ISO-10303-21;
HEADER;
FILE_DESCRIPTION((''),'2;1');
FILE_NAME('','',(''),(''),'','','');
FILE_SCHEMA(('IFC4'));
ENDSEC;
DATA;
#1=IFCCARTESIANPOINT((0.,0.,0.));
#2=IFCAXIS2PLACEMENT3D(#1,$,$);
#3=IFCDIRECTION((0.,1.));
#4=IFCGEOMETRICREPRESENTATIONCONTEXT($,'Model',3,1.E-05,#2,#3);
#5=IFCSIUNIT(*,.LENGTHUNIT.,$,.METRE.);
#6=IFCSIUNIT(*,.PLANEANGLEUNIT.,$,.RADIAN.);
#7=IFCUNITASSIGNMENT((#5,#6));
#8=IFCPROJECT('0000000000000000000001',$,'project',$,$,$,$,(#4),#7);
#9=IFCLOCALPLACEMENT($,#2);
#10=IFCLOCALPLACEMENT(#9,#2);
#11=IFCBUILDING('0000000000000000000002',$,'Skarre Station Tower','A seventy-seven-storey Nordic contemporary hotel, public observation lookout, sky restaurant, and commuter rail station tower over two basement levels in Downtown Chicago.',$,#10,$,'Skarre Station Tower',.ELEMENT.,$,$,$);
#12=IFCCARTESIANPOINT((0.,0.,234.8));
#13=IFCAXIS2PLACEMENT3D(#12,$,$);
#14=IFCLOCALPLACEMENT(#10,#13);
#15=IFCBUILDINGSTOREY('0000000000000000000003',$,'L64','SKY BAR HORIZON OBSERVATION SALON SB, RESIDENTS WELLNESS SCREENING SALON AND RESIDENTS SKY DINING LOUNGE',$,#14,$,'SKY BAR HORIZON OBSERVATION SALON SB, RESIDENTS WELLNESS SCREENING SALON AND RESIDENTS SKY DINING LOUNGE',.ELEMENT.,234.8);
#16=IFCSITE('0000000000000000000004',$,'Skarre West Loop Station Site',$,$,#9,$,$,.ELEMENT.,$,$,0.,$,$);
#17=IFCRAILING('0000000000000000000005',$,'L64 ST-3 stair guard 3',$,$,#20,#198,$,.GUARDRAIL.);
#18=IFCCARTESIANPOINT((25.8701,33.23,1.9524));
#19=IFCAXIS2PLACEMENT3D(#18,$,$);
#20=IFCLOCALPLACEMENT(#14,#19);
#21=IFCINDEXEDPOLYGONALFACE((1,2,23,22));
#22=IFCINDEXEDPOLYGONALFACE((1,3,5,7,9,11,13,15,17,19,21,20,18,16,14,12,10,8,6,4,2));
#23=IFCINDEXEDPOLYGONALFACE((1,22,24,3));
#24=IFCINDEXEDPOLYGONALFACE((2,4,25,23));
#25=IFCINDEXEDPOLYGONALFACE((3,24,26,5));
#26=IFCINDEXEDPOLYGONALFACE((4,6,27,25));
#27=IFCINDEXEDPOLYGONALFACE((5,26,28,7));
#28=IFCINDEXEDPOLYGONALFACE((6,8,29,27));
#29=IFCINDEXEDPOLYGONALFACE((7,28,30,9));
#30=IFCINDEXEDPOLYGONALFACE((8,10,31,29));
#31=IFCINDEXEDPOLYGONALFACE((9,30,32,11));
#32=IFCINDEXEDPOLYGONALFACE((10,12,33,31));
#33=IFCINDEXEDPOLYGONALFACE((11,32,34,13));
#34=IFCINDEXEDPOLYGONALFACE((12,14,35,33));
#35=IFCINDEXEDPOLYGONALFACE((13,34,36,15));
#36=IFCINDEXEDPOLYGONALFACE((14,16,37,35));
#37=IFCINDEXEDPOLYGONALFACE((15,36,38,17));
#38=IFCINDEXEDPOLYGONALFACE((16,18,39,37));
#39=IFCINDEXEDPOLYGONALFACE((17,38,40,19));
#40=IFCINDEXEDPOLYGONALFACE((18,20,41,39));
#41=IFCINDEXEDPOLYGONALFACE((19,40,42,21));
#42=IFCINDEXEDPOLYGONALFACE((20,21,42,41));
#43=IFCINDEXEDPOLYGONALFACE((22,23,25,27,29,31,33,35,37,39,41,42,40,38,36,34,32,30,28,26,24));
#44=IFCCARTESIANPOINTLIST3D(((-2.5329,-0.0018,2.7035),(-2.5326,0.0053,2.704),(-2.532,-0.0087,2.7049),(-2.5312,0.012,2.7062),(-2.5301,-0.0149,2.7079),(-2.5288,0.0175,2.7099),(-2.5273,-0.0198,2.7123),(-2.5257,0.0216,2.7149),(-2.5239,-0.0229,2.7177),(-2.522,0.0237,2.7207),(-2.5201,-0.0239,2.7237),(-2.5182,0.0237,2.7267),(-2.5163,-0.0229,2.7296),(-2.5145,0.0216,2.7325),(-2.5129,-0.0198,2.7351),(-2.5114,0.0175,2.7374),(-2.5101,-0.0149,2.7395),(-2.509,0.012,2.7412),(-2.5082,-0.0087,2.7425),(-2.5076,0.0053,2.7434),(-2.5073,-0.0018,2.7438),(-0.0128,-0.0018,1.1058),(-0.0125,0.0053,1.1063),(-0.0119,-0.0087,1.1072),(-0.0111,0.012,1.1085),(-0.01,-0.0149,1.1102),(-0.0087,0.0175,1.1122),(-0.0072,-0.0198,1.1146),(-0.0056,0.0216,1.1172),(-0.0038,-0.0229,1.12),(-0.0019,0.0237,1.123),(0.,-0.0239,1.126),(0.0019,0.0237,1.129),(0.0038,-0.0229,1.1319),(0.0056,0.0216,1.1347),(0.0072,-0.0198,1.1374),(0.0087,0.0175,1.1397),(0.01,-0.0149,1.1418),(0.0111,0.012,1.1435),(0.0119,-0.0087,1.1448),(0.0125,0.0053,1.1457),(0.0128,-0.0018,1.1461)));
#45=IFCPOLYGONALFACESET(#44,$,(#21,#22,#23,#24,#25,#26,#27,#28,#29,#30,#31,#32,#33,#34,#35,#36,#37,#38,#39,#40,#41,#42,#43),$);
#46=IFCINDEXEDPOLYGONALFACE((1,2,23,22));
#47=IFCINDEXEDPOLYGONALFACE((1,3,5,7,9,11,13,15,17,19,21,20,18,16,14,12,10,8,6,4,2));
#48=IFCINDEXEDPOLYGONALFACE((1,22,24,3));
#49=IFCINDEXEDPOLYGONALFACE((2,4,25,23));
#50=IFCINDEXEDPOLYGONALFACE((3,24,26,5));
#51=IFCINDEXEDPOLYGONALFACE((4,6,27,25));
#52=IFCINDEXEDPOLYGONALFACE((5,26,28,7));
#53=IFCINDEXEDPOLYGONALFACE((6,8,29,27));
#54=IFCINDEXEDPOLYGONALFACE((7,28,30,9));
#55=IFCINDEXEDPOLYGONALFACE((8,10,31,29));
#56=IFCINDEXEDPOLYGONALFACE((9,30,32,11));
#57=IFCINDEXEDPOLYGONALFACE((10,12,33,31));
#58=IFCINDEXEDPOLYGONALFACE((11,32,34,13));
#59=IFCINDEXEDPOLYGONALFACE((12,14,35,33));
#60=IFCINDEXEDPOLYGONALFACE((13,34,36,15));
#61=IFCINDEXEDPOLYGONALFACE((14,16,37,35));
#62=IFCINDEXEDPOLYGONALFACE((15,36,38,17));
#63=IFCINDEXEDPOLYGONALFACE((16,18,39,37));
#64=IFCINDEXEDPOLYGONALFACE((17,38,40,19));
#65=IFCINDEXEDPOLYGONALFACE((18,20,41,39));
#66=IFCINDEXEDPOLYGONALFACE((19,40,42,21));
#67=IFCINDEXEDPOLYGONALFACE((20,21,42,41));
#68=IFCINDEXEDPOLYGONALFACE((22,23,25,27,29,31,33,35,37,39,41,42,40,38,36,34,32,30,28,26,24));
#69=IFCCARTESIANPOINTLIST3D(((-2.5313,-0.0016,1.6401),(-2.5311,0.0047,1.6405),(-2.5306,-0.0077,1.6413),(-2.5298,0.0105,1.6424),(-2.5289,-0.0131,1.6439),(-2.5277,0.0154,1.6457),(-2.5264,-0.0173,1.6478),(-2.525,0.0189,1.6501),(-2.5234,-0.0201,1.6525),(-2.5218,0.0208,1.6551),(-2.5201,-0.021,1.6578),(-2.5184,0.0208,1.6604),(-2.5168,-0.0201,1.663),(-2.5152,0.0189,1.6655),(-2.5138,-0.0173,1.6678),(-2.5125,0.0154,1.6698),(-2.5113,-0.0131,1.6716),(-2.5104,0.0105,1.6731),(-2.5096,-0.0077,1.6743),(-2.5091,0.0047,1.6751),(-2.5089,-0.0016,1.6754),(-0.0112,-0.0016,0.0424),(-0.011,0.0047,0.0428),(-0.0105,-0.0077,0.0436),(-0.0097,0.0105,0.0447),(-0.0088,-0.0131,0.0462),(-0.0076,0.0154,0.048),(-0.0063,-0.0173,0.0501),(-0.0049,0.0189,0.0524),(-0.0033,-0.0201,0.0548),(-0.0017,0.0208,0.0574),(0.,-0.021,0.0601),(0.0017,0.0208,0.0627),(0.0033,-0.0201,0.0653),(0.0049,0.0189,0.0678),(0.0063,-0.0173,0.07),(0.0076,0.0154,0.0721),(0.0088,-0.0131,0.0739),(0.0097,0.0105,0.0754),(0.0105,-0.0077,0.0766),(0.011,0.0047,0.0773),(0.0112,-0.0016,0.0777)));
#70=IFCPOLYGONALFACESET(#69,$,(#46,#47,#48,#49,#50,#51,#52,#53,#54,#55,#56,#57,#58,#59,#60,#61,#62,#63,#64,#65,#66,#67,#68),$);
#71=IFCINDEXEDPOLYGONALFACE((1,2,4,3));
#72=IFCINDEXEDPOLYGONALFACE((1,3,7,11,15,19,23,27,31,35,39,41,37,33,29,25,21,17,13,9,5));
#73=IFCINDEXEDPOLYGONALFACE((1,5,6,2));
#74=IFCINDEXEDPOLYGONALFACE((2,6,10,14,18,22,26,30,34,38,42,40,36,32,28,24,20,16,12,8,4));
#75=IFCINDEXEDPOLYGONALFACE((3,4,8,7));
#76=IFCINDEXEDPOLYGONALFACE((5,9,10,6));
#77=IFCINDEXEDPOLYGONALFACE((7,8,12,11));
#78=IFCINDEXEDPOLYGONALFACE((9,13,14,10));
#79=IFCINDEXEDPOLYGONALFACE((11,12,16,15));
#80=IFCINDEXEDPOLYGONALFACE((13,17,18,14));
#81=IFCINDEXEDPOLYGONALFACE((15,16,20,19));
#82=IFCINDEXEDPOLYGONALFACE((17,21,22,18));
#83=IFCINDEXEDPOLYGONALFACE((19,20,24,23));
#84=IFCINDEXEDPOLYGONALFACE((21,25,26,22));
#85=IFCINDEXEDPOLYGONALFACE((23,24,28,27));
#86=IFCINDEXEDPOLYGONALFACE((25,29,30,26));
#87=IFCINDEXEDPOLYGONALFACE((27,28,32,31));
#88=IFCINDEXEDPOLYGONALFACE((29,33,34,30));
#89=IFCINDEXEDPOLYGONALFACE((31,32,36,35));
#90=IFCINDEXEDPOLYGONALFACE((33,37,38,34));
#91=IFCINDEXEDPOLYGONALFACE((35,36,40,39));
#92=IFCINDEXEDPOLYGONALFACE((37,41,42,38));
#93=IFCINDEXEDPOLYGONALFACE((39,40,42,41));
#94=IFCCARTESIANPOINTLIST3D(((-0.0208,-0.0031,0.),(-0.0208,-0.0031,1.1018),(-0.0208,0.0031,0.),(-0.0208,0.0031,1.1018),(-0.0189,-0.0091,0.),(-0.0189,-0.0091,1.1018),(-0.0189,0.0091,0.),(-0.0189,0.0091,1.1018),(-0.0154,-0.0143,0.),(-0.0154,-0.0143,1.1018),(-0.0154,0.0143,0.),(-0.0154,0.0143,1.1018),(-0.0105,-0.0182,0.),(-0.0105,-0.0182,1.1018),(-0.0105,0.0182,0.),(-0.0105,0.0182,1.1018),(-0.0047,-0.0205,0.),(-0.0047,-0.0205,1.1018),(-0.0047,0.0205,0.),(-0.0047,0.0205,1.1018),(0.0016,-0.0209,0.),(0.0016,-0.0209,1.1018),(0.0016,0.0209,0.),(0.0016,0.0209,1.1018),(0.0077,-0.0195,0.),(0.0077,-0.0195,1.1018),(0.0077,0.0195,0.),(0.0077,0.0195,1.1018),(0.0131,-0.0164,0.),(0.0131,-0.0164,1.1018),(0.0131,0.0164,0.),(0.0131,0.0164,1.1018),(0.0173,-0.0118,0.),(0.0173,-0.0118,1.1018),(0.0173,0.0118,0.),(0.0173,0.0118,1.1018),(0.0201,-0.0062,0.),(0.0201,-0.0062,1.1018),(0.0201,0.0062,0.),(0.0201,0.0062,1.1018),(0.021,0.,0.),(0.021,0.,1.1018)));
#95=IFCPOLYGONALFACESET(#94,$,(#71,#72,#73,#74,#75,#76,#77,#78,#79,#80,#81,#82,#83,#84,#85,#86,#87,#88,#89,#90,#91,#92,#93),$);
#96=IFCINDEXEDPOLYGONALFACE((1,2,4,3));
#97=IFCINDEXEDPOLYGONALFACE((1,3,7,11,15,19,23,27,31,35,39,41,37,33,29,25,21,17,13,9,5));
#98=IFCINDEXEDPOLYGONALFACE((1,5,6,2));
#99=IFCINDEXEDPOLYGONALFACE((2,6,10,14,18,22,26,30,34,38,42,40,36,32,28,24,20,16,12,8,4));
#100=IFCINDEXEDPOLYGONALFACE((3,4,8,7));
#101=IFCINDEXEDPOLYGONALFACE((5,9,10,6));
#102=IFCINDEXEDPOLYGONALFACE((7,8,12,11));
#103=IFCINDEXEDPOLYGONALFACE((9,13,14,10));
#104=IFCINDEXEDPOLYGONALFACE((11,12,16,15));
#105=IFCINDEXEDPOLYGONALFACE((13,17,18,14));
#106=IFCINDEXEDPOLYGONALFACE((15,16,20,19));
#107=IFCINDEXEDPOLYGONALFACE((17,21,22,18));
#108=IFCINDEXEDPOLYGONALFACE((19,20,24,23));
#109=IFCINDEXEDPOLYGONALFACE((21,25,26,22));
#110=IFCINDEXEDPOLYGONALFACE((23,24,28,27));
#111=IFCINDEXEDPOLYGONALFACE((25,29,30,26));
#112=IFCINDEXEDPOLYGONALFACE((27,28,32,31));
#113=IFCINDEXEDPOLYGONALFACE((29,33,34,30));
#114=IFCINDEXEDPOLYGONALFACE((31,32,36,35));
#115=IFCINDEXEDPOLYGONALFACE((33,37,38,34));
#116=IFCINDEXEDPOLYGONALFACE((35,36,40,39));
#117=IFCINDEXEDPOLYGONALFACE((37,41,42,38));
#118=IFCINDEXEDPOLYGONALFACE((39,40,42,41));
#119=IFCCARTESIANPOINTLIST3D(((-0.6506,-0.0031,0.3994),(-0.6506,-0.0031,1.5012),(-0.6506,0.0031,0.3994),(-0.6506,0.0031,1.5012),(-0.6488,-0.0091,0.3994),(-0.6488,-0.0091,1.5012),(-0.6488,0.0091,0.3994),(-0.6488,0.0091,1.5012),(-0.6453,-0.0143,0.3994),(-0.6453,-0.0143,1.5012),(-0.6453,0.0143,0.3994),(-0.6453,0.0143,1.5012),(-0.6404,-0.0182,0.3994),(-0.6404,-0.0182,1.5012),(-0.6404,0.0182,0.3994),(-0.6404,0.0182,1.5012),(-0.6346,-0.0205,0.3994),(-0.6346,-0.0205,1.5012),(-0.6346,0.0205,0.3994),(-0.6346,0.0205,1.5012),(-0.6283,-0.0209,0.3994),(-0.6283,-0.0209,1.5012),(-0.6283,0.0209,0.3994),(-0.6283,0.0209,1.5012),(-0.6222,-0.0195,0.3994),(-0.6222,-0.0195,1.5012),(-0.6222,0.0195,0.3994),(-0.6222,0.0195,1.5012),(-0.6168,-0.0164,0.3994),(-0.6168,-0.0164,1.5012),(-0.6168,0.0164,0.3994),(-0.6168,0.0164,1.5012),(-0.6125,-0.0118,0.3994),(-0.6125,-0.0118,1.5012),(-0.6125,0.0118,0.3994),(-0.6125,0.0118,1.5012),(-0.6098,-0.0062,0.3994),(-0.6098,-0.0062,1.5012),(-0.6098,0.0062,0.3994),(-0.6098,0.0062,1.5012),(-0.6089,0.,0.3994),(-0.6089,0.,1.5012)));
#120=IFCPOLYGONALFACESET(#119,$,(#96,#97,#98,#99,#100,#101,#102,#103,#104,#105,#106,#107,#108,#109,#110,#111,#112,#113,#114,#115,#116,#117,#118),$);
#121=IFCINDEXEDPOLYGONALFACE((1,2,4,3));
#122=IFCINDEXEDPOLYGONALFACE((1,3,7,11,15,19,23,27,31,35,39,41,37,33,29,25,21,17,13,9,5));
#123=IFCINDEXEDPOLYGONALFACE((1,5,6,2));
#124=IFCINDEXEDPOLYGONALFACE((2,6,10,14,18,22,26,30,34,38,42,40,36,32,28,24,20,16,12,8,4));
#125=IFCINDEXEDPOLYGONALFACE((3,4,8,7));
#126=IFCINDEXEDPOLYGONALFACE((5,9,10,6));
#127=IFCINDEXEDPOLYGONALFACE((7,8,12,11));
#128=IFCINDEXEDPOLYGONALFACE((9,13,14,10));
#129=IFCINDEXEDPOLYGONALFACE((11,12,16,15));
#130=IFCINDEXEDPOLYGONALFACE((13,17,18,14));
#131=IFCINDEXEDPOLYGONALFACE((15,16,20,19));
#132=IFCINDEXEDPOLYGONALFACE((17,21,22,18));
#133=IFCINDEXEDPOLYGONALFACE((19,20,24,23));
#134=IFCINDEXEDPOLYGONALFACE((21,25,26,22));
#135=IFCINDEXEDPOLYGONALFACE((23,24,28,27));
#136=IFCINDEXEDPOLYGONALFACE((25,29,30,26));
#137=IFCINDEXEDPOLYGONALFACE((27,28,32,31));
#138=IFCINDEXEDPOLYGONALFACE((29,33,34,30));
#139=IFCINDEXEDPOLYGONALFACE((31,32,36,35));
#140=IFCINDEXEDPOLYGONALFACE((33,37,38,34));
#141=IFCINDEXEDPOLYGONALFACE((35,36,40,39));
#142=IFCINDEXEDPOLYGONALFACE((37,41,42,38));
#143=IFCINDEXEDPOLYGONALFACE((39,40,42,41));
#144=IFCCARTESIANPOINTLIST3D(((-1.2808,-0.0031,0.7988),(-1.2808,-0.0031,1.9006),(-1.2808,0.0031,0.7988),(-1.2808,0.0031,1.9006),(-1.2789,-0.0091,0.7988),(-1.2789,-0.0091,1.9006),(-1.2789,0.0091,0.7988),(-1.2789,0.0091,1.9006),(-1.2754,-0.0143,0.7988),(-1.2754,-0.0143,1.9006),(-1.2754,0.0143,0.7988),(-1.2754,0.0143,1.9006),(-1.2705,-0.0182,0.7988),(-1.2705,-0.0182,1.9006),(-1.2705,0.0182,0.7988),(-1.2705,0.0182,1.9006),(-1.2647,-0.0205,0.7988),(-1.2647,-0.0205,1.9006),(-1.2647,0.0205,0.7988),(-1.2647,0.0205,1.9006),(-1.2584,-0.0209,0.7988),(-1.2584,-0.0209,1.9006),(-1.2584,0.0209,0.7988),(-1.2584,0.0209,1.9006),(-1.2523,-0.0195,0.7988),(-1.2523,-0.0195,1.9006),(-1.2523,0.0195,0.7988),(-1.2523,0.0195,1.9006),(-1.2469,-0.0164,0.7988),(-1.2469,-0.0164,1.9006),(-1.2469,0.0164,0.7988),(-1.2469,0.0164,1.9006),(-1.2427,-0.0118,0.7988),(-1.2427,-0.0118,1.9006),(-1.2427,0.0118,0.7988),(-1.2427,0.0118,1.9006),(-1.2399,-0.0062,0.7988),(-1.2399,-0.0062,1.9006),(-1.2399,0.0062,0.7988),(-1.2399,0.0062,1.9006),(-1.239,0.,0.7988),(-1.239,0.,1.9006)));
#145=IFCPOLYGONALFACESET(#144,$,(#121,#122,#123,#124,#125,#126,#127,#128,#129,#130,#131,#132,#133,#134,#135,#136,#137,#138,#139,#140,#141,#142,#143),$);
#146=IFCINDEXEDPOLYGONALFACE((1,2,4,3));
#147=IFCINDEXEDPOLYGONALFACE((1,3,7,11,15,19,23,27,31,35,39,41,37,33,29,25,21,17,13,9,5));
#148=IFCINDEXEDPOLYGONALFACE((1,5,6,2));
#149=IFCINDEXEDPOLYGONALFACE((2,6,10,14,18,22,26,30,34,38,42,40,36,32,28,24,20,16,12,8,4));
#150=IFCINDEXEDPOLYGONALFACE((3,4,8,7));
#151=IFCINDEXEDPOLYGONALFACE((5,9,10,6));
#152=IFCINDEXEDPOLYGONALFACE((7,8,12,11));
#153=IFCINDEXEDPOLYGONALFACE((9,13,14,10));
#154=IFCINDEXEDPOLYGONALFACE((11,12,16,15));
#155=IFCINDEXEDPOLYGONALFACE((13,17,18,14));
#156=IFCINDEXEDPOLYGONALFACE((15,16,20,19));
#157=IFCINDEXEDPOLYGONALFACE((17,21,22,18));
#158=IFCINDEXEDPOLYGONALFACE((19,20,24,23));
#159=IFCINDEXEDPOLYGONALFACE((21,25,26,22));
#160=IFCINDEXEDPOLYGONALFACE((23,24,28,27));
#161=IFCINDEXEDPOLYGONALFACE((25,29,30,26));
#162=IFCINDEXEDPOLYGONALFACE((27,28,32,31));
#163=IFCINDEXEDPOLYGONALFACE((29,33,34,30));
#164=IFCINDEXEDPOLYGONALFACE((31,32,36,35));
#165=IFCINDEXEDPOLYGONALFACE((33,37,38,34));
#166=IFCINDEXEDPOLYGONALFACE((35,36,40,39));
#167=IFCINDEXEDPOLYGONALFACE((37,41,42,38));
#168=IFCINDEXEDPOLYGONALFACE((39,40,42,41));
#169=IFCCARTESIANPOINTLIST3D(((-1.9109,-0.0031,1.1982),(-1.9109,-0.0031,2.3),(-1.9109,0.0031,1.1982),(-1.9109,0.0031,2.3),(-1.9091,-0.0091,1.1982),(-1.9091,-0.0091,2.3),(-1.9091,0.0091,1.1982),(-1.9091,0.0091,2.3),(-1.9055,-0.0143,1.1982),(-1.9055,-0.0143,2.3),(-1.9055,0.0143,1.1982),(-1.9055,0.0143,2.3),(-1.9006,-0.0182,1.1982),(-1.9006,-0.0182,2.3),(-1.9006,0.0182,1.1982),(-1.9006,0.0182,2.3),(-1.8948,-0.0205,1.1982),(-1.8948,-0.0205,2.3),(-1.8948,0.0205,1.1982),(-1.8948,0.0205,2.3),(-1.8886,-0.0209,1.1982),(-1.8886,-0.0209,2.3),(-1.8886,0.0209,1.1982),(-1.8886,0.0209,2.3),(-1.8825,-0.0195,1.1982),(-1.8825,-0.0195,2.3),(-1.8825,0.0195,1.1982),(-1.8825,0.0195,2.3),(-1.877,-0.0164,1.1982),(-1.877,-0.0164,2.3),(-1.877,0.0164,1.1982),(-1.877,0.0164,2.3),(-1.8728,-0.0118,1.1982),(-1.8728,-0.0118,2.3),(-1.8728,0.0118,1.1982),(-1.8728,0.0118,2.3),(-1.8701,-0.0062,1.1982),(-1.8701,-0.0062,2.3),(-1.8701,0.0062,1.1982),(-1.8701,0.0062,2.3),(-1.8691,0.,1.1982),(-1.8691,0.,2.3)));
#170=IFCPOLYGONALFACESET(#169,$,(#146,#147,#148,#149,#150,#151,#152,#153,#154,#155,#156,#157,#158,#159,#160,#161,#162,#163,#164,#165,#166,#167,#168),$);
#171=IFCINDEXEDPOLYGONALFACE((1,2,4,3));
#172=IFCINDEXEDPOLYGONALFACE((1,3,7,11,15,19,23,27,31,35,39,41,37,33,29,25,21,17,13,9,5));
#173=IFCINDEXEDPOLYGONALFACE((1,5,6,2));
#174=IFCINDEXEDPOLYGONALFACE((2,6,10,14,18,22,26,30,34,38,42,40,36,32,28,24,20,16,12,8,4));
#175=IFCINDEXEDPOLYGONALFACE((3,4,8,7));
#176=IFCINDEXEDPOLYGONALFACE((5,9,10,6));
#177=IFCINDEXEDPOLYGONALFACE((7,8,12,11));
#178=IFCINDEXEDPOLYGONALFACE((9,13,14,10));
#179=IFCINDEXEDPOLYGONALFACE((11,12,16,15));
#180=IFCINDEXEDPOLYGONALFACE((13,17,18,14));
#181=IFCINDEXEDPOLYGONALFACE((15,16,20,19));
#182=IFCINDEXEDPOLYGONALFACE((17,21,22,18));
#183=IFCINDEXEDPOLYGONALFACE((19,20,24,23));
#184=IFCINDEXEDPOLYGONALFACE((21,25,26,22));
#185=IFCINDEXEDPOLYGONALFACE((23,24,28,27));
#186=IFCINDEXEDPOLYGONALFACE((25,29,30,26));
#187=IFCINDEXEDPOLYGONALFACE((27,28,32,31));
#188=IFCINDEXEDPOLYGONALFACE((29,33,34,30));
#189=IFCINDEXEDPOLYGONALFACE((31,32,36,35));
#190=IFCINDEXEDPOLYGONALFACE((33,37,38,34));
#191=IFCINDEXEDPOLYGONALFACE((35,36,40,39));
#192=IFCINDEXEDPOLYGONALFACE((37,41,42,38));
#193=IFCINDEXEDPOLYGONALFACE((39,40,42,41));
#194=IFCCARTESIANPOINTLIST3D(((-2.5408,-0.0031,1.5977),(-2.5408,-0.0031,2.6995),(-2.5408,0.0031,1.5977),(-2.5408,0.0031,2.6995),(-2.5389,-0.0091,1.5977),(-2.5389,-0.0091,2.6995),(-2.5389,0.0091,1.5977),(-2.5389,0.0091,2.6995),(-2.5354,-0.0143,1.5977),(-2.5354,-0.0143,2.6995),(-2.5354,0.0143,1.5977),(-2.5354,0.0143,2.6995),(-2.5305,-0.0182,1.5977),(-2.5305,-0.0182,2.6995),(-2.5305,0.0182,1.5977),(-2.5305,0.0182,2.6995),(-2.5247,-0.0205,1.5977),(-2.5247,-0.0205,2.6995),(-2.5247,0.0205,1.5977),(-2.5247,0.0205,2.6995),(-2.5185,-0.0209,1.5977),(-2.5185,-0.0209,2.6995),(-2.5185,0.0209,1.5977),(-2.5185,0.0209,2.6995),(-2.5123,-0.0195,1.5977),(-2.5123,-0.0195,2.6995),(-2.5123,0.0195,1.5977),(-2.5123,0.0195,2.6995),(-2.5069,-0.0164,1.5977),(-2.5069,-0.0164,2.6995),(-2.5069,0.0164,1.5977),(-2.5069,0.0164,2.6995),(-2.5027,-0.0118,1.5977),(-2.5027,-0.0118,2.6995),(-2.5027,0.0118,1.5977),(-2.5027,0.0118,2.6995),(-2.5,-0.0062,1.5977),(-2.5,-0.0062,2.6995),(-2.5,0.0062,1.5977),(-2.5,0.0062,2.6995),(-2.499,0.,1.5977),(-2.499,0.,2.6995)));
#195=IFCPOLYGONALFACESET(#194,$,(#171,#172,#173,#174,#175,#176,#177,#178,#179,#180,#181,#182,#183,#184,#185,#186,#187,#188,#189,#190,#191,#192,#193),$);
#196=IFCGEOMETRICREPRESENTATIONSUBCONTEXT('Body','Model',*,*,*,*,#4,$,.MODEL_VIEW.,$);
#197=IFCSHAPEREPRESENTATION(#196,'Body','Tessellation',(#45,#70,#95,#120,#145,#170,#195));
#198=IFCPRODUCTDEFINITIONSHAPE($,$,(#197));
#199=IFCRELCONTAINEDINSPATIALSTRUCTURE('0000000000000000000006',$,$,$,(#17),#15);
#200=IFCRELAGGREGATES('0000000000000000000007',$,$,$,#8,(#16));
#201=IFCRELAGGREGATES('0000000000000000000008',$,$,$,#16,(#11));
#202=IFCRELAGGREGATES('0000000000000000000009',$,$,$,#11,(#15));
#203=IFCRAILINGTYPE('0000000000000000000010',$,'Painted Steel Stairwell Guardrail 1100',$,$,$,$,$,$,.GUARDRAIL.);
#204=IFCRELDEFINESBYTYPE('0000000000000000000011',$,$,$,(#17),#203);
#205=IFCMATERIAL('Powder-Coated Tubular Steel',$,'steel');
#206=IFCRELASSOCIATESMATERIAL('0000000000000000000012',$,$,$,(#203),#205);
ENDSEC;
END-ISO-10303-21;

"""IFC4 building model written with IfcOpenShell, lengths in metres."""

from ifc_helpers import new_model, si_unit, direction, frame, origin, origin_2d, place, context, subcontext, project, spatial, circle, extrude, material, type_object, element, save


model = new_model("IFC4")

# Units and contexts
model_context = context("Model", 3, precision=1e-05, world=origin(), true_north=direction((0.0, 1.0)))
body_context = subcontext(model_context, "Body", "Model", "MODEL_VIEW")
ifc_project = project(units=[si_unit("LENGTHUNIT", "METRE"), si_unit("PLANEANGLEUNIT", "RADIAN")], contexts=[model_context])

# Site, building, storey
site_placement = place(None, origin())
site = spatial("IfcSite", under=ifc_project, at=site_placement, Name="Skarre West Loop Station Site", CompositionType="ELEMENT", RefElevation=0.0)
building_placement = place(site_placement, origin())
building = spatial("IfcBuilding", under=site, at=building_placement, Name="Skarre Station Tower", Description="A seventy-seven-storey Nordic contemporary hotel, public observation lookout, sky restaurant, and commuter rail station tower over two basement levels in Downtown Chicago.", LongName="Skarre Station Tower", CompositionType="ELEMENT")
storey_placement = place(building_placement, frame((0.0, 0.0, 234.8)))
storey = spatial("IfcBuildingStorey", under=building, at=storey_placement, Name="L64", Description="SKY BAR HORIZON OBSERVATION SALON SB, RESIDENTS WELLNESS SCREENING SALON AND RESIDENTS SKY DINING LOUNGE", LongName="SKY BAR HORIZON OBSERVATION SALON SB, RESIDENTS WELLNESS SCREENING SALON AND RESIDENTS SKY DINING LOUNGE", CompositionType="ELEMENT", Elevation=234.8)

# Railing
ifc_material_1 = material(Name="Powder-Coated Tubular Steel", Category="steel")
railing_type_1 = type_object("IfcRailingType", Name="Painted Steel Stairwell Guardrail 1100", PredefinedType="GUARDRAIL", material=ifc_material_1)
railing_1_placement = place(storey_placement, frame((25.8701, 33.23, 1.9524)))
element("IfcRailing", 1, at=railing_1_placement, inside=storey, type_object=railing_type_1, Name="L64 ST-3 stair guard 3", PredefinedType="GUARDRAIL", context=body_context, shape_type="SweptSolid", body=[
    extrude(circle(Radius=0.0239, at=origin_2d()), frame((0.0, 0.0, 1.126), z_axis=(-0.84457, 0.0, 0.535445), x_axis=(0.0, -1.0, 0.0)), (0.0, 0.0, 1.0), 2.9839),
    extrude(circle(Radius=0.021, at=origin_2d()), frame((0.0, 0.0, 0.0601), z_axis=(-0.84457, 0.0, 0.535445), x_axis=(0.0, -1.0, 0.0)), (0.0, 0.0, 1.0), 2.9839),
    extrude(circle(Radius=0.021, at=origin_2d()), origin(), (0.0, 0.0, 1.0), 1.1018),
    extrude(circle(Radius=0.021, at=origin_2d()), frame((-0.6299, 0.0, 0.3994)), (0.0, 0.0, 1.0), 1.1018),
    extrude(circle(Radius=0.021, at=origin_2d()), frame((-1.26, 0.0, 0.7988)), (0.0, 0.0, 1.0), 1.1018),
    extrude(circle(Radius=0.021, at=origin_2d()), frame((-1.8901, 0.0, 1.1982)), (0.0, 0.0, 1.0), 1.1018),
    extrude(circle(Radius=0.021, at=origin_2d()), frame((-2.52, 0.0, 1.5977)), (0.0, 0.0, 1.0), 1.1018),
])

save(model, "model.ifc")
